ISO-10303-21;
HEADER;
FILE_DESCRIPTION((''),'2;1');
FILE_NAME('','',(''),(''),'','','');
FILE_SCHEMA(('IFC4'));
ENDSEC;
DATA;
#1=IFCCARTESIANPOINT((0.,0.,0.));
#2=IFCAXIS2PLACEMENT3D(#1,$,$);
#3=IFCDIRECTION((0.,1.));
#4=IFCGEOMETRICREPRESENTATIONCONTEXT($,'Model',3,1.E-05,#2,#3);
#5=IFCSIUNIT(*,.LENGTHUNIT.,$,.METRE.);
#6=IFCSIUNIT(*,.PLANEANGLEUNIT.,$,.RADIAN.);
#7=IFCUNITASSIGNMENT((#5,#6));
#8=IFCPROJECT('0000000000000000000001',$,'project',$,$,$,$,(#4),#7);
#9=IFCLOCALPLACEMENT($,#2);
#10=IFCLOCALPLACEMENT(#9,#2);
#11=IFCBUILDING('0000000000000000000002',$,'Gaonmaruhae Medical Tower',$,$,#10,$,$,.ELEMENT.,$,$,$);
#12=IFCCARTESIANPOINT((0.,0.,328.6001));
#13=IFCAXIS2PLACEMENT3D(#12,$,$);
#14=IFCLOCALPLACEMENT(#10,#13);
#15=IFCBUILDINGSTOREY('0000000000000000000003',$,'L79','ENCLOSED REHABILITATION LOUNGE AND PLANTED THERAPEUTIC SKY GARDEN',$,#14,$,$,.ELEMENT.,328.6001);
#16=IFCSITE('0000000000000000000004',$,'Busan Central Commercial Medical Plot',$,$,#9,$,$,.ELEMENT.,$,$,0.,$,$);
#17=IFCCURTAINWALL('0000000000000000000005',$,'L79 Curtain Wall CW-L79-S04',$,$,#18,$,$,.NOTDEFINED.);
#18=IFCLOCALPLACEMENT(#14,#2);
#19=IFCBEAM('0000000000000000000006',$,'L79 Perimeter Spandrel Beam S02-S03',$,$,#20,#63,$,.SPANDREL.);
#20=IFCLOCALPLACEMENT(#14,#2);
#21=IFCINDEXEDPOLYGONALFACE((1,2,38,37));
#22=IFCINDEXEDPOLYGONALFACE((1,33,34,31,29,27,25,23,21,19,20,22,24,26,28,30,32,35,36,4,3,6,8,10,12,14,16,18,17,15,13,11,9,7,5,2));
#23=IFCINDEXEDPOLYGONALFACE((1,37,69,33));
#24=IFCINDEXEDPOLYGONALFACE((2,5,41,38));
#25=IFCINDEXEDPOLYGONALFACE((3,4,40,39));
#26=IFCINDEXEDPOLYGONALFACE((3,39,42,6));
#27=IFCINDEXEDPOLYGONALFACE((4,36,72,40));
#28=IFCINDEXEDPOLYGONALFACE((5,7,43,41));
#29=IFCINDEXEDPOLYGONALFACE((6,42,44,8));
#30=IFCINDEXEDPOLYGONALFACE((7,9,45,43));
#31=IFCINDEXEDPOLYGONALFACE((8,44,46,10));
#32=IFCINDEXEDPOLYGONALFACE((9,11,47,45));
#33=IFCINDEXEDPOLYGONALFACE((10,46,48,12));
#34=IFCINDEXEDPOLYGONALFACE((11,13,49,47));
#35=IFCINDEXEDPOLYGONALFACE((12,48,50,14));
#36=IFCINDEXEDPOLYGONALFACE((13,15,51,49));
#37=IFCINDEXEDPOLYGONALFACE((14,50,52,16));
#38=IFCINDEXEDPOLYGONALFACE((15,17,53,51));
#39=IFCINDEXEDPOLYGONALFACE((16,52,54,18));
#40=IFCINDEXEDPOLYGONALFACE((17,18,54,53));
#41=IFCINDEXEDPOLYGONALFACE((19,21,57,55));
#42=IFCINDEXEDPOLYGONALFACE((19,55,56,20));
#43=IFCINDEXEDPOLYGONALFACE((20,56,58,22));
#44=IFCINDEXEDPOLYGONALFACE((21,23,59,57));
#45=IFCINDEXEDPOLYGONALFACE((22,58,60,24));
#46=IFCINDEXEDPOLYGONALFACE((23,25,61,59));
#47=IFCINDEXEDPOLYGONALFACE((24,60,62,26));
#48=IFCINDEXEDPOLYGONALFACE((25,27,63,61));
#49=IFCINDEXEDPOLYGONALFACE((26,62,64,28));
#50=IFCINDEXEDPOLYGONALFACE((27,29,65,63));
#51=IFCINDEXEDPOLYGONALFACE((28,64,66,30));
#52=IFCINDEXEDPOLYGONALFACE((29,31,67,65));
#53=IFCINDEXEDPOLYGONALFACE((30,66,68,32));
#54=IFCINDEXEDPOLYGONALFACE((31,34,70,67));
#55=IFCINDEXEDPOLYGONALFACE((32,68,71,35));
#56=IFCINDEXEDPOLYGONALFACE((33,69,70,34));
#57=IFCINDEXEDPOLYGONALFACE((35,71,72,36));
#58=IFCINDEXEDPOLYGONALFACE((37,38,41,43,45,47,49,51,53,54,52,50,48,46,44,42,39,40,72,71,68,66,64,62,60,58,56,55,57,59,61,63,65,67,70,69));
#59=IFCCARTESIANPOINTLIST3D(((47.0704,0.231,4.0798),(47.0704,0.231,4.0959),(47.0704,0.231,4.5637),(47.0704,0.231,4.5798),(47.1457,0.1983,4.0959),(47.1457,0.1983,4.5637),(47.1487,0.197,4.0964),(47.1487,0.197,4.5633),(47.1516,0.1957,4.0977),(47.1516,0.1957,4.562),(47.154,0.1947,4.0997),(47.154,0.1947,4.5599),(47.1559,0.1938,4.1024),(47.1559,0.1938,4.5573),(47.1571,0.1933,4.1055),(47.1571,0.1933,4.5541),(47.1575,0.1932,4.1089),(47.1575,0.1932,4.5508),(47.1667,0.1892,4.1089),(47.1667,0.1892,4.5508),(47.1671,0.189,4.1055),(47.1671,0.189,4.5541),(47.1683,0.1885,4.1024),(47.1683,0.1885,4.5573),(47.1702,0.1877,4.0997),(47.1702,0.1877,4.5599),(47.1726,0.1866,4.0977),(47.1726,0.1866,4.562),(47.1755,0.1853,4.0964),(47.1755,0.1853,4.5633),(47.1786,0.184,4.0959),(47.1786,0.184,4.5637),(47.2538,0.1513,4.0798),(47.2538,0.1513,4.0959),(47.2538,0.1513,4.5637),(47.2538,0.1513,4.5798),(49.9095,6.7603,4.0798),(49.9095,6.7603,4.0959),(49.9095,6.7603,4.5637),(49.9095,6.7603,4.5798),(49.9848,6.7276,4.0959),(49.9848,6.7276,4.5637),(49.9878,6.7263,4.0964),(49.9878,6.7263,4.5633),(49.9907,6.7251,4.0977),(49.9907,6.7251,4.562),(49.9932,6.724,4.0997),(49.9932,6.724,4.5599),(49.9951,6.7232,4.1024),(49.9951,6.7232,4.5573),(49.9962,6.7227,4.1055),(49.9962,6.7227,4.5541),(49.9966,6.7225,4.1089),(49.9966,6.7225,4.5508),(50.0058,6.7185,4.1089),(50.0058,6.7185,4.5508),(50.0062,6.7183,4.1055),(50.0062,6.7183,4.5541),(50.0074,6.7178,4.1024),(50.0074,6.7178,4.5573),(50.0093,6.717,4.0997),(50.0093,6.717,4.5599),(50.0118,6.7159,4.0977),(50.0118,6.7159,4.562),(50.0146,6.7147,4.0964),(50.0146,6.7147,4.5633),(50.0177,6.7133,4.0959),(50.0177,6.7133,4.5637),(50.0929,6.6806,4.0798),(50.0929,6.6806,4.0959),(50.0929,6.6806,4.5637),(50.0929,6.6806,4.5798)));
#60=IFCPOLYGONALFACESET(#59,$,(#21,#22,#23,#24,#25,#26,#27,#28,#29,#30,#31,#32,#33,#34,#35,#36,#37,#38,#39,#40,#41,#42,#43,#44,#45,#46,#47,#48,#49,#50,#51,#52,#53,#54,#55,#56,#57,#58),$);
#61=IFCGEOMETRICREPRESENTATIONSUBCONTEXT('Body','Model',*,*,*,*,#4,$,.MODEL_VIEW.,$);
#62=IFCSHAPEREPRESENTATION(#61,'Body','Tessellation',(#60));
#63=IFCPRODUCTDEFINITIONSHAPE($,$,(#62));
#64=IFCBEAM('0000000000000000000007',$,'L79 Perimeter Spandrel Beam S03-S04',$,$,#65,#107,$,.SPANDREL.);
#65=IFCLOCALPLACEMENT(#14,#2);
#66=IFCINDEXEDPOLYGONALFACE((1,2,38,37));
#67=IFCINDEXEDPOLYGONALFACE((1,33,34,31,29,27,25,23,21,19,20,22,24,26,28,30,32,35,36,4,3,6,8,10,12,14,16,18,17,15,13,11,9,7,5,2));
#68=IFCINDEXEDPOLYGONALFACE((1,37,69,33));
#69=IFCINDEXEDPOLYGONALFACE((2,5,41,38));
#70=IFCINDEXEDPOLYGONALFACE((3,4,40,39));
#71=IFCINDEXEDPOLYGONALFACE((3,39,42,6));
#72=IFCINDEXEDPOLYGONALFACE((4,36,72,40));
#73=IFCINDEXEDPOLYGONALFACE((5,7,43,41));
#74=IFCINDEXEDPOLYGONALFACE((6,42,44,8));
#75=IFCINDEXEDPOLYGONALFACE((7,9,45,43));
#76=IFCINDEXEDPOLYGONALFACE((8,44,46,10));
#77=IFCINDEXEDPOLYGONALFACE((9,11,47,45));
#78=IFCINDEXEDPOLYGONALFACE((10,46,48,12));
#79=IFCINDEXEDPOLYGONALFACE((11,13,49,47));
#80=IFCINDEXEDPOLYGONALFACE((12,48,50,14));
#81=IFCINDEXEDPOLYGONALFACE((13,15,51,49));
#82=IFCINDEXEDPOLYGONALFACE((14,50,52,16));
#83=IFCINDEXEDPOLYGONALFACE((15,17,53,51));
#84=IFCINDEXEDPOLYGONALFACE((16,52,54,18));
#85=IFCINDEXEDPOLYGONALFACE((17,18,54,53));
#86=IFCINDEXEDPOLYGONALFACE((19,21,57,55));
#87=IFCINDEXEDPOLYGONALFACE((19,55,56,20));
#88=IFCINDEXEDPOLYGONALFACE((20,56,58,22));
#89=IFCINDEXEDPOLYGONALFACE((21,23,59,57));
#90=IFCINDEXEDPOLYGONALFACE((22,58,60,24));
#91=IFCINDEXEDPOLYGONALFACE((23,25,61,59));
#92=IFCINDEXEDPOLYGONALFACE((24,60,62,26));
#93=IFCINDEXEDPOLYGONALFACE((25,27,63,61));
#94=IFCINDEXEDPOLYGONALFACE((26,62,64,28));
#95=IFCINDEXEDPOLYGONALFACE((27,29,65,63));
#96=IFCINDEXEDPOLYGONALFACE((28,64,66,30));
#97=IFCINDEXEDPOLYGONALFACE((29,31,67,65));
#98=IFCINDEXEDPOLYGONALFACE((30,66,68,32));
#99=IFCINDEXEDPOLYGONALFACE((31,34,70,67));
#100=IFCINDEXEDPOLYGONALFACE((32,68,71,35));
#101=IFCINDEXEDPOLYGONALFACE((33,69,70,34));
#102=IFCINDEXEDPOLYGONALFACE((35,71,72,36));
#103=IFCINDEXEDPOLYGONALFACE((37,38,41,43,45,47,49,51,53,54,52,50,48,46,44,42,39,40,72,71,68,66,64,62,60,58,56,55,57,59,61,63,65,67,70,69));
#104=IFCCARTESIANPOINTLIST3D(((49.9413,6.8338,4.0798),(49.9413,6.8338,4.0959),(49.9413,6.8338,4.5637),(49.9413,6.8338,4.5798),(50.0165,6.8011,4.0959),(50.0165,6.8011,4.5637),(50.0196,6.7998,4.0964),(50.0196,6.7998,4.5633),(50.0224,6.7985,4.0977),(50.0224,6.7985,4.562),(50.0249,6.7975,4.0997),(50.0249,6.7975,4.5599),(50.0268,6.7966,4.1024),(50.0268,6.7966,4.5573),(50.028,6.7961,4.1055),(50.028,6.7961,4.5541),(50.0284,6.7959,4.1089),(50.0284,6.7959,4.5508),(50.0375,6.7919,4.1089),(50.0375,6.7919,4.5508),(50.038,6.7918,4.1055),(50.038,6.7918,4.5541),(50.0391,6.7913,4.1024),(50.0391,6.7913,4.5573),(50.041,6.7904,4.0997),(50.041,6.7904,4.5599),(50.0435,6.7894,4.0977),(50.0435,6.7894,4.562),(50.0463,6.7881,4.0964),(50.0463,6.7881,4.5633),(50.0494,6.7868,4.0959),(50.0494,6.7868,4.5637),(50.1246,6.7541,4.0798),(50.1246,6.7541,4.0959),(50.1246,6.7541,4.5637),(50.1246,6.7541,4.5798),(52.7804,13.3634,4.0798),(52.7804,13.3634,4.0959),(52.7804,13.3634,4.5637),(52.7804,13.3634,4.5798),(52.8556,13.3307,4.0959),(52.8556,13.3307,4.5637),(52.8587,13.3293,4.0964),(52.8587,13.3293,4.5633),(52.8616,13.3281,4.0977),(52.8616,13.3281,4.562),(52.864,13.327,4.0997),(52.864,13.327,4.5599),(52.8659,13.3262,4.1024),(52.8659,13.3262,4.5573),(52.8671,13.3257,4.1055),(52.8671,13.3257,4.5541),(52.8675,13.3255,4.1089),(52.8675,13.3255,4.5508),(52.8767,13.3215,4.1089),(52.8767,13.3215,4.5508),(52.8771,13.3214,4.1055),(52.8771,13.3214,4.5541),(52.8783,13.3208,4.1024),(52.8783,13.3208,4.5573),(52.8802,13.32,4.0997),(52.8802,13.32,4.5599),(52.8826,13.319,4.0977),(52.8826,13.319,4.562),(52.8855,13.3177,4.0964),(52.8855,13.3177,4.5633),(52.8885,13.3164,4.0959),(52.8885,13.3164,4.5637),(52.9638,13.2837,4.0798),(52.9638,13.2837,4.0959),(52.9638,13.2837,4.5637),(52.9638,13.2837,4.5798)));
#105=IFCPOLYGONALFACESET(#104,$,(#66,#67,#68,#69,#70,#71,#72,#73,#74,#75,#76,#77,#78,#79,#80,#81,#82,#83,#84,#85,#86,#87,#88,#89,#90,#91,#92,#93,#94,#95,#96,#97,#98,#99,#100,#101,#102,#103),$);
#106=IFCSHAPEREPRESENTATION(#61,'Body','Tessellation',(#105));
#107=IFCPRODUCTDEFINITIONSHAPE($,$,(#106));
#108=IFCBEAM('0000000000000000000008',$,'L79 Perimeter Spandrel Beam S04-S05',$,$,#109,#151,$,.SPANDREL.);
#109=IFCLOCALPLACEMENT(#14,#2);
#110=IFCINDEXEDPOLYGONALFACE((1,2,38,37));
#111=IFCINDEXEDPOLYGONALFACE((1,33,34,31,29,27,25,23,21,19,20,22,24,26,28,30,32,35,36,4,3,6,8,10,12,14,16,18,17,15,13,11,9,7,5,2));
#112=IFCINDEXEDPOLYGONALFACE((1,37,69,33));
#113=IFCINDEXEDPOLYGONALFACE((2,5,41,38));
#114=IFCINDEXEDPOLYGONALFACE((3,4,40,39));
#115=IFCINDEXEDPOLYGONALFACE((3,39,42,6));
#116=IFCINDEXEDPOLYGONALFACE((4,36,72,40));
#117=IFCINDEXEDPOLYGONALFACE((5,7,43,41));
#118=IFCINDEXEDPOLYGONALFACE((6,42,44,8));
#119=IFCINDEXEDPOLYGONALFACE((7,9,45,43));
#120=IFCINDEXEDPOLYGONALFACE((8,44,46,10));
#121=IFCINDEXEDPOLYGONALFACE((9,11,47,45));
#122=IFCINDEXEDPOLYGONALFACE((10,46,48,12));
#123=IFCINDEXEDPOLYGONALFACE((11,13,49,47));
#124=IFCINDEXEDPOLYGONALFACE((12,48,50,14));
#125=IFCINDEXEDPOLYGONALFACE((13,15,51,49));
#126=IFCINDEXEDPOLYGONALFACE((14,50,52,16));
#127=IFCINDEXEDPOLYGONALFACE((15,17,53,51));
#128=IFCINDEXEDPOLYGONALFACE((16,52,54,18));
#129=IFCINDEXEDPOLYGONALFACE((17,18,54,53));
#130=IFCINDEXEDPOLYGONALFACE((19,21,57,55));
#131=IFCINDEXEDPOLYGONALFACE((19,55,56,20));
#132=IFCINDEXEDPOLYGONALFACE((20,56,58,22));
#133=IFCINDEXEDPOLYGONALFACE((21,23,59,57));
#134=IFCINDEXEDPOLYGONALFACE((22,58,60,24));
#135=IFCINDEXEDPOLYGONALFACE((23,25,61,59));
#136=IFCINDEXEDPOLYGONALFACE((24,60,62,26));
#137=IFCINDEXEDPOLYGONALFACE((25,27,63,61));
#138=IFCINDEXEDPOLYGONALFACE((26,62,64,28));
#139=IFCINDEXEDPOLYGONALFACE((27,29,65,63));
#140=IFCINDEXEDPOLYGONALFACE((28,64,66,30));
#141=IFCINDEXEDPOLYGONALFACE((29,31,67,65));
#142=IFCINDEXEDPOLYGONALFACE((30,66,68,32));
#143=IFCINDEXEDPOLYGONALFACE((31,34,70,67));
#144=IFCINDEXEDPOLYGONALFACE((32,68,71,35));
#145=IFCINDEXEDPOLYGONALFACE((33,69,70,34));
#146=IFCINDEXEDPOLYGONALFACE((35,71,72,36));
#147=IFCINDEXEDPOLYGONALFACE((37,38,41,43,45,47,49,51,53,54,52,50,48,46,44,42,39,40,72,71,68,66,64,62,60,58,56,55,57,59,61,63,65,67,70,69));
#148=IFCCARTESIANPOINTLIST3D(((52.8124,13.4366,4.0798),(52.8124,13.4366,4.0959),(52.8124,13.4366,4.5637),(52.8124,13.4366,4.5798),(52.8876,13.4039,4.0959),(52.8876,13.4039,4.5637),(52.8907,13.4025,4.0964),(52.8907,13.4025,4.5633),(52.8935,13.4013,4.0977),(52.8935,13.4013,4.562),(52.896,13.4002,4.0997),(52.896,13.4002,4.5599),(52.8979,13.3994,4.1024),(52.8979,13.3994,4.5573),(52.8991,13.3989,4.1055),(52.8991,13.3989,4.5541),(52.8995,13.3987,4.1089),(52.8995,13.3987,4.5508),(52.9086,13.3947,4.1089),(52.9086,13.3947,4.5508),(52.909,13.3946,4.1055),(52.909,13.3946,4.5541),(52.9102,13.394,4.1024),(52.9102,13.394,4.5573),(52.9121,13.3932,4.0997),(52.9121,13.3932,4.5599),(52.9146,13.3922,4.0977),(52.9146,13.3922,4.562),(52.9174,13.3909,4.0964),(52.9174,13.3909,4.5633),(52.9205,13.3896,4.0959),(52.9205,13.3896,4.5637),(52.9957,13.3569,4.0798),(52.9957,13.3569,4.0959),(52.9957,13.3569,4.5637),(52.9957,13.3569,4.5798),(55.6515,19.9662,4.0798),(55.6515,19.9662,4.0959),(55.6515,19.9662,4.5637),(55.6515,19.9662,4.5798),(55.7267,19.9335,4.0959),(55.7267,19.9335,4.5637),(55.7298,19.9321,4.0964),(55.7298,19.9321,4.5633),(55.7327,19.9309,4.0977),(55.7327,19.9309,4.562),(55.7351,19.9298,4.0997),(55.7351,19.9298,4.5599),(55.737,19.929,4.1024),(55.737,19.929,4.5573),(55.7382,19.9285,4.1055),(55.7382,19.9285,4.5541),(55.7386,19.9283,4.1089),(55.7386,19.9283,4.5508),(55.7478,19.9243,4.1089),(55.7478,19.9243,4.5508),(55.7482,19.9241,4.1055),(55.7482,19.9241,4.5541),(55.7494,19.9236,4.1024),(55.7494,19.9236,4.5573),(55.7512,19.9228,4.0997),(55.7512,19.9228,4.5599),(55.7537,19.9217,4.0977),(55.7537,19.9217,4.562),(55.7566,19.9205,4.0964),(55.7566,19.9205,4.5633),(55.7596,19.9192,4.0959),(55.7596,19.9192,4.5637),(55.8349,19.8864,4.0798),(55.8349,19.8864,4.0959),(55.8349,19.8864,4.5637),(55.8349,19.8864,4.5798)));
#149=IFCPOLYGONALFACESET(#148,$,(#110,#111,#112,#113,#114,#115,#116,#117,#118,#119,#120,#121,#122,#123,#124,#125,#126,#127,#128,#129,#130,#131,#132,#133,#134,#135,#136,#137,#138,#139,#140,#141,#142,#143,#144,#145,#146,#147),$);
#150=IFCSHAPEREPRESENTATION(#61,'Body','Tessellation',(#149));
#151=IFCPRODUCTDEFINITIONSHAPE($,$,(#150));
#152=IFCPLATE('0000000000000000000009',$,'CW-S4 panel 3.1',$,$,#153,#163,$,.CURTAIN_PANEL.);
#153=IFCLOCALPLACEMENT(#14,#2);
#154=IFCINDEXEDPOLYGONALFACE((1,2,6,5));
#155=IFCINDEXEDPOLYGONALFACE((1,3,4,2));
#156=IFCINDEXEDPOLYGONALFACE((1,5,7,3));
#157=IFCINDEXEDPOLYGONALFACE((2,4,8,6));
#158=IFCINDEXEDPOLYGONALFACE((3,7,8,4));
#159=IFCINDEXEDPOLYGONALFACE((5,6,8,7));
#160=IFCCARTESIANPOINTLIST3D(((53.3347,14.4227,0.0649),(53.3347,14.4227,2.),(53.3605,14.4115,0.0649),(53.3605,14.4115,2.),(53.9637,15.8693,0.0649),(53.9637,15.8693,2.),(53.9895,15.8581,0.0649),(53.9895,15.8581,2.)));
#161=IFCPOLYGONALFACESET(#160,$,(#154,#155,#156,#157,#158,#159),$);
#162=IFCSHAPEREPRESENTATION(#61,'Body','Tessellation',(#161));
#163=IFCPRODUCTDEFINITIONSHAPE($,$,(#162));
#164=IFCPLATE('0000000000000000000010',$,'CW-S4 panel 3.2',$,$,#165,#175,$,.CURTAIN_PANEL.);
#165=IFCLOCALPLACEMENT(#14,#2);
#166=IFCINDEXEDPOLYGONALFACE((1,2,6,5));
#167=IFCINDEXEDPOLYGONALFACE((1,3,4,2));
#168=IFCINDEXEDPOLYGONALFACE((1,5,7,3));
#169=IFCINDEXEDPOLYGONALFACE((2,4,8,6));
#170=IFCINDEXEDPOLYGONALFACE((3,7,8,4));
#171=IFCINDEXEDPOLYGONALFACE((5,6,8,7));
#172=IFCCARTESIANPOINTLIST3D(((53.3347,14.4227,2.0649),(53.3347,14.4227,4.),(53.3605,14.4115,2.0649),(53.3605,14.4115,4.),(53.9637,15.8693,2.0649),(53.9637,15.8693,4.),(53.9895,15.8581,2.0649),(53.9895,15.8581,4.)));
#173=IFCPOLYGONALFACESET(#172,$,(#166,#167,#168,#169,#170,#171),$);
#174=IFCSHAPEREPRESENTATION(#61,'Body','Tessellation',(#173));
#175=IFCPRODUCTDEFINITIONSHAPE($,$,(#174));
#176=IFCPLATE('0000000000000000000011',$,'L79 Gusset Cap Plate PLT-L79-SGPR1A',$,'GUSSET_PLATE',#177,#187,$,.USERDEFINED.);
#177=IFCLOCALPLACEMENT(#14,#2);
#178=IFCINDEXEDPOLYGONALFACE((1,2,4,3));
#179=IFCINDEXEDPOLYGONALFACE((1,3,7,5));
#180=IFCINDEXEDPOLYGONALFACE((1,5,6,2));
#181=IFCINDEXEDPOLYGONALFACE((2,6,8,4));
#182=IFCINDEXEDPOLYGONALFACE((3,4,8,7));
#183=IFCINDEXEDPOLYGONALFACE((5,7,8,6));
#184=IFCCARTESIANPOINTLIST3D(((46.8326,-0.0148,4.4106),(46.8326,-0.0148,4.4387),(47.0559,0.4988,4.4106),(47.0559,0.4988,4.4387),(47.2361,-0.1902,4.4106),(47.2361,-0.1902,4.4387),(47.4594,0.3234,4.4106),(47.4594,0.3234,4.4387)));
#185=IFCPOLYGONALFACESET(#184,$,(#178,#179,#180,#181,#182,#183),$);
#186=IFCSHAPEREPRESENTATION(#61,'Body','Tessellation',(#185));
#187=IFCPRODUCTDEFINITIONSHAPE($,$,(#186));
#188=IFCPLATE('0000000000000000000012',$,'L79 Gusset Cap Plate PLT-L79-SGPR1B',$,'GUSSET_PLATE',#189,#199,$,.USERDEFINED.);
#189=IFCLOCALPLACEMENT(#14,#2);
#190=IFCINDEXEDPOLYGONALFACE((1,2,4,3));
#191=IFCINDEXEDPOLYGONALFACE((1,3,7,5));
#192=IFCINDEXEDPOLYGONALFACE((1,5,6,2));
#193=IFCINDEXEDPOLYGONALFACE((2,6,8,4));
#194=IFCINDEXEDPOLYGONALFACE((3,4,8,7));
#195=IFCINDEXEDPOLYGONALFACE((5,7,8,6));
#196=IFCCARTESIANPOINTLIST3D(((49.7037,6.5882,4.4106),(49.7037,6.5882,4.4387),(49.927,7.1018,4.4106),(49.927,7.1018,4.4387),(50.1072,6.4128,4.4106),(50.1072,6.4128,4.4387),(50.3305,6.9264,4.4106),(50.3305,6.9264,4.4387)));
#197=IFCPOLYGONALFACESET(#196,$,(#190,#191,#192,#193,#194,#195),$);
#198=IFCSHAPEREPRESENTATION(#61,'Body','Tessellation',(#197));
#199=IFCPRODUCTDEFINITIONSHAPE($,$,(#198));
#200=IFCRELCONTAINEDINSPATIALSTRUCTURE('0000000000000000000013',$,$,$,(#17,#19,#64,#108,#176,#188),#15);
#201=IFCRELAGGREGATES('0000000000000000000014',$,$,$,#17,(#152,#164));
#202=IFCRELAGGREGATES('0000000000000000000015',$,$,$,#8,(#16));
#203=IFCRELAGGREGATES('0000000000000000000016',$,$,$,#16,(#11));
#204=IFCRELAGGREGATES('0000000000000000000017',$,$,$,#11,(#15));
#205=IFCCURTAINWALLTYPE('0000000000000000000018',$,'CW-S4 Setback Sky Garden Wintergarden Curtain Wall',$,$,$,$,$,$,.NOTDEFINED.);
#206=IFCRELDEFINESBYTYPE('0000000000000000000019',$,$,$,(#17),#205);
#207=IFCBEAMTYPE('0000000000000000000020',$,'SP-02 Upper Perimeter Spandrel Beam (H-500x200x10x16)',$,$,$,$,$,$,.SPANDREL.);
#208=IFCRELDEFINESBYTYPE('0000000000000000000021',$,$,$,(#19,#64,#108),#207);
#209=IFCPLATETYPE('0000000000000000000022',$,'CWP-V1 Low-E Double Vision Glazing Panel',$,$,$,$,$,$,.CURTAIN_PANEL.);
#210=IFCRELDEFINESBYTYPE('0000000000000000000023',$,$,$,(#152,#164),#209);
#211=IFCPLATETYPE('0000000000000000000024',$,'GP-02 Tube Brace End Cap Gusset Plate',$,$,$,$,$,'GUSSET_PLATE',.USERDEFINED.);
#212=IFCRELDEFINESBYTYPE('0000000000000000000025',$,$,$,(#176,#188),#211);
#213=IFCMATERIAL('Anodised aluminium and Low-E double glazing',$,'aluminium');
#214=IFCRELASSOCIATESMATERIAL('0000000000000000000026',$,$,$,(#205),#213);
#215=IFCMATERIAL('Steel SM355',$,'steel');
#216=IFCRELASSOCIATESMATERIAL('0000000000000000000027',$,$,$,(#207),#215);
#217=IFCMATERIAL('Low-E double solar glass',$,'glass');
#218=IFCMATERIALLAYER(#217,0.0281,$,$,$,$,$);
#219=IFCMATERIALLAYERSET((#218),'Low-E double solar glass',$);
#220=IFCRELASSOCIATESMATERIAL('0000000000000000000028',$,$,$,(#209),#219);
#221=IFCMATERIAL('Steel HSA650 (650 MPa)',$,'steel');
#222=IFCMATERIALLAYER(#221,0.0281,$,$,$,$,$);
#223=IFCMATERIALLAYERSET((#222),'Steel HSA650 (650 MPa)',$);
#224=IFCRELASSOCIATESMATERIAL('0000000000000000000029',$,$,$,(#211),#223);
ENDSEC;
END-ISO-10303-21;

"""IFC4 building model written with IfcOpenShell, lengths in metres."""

from ifc_helpers import new_model, si_unit, direction, frame, origin, origin_2d, place, context, subcontext, project, spatial, rectangle, i_section, extrude, material, layer, layer_set, material_profile, profile_set, type_object, element, aggregate, save


model = new_model("IFC4")

# Units and contexts
model_context = context("Model", 3, precision=1e-05, world=origin(), true_north=direction((0.0, 1.0)))
body_context = subcontext(model_context, "Body", "Model", "MODEL_VIEW")
ifc_project = project(units=[si_unit("LENGTHUNIT", "METRE"), si_unit("PLANEANGLEUNIT", "RADIAN")], contexts=[model_context])

# Site, building, storey
site_placement = place(None, origin())
site = spatial("IfcSite", under=ifc_project, at=site_placement, Name="Busan Central Commercial Medical Plot", CompositionType="ELEMENT", RefElevation=0.0)
building_placement = place(site_placement, origin())
building = spatial("IfcBuilding", under=site, at=building_placement, Name="Gaonmaruhae Medical Tower", CompositionType="ELEMENT")
storey_placement = place(building_placement, frame((0.0, 0.0, 328.6001)))
storey = spatial("IfcBuildingStorey", under=building, at=storey_placement, Name="L79", Description="ENCLOSED REHABILITATION LOUNGE AND PLANTED THERAPEUTIC SKY GARDEN", CompositionType="ELEMENT", Elevation=328.6001)

# Curtain wall
ifc_material_1 = material(Name="Anodised aluminium and Low-E double glazing", Category="aluminium")
curtain_wall_type = type_object("IfcCurtainWallType", Name="CW-S4 Setback Sky Garden Wintergarden Curtain Wall", PredefinedType="NOTDEFINED", material=ifc_material_1)
curtain_wall_placement = place(storey_placement, origin())
curtain_wall = element("IfcCurtainWall", 1, at=curtain_wall_placement, inside=storey, type_object=curtain_wall_type, Name="L79 Curtain Wall CW-L79-S04", PredefinedType="NOTDEFINED")

# Shared definitions
ifc_material_2 = material(Name="Steel SM355", Category="steel")

# Beams
ifc_material_profile_1 = material_profile(ifc_material_2, i_section(OverallWidth=0.2, OverallDepth=0.5, WebThickness=0.01, FlangeThickness=0.0161, FilletRadius=0.0129, at=origin_2d()), Name="H-500x200x10x16")
ifc_profile_set_1 = profile_set([ifc_material_profile_1], Name="Steel SM355")
beam_type = type_object("IfcBeamType", Name="SP-02 Upper Perimeter Spandrel Beam (H-500x200x10x16)", PredefinedType="SPANDREL", material=ifc_profile_set_1)
beam_placement = place(storey_placement, frame((47.1621, 0.1912, 4.3298), z_axis=(0.39876, 0.917055, 0.0), x_axis=(-0.917055, 0.39876, 0.0)))
element("IfcBeam", 2, at=beam_placement, inside=storey, type_object=beam_type, Name="L79 Perimeter Spandrel Beam S02-S03", PredefinedType="SPANDREL", context=body_context, shape_type="SweptSolid", body=[
    extrude(i_section(OverallWidth=0.2, OverallDepth=0.5, WebThickness=0.01, FlangeThickness=0.0161, FilletRadius=0.0129, at=origin_2d()), origin(), (0.0, 0.0, 1.0), 7.1199),
])
for number, where, z_axis, x_axis, name in (
    (3, (50.033, 6.7939, 4.3298), (0.398747, 0.917061, 0.0), (-0.917061, 0.398747, 0.0), "L79 Perimeter Spandrel Beam S03-S04"),
    (4, (52.9041, 13.3967, 4.3298), (0.398747, 0.917061, 0.0), (-0.917061, 0.398747, 0.0), "L79 Perimeter Spandrel Beam S04-S05"),
):
    element("IfcBeam", number, at=place(storey_placement, frame(where, z_axis=z_axis, x_axis=x_axis)), inside=storey, type_object=beam_type, Name=name, PredefinedType="SPANDREL", context=body_context, shape_type="SweptSolid", body=[
        extrude(i_section(OverallWidth=0.2, OverallDepth=0.5, WebThickness=0.01, FlangeThickness=0.0161, FilletRadius=0.0129, at=origin_2d()), origin(), (0.0, 0.0, 1.0), 7.1201),
    ])

# Plates
ifc_material_3 = material(Name="Low-E double solar glass", Category="glass")
ifc_layer_1 = layer(ifc_material_3, 0.0281)
ifc_layer_set_1 = layer_set([ifc_layer_1], Name="Low-E double solar glass")
plate_type_1 = type_object("IfcPlateType", Name="CWP-V1 Low-E Double Vision Glazing Panel", PredefinedType="CURTAIN_PANEL", material=ifc_layer_set_1)
plate_1_placement = place(storey_placement, frame((53.6621, 15.1404, 0.0649), z_axis=(0.0, 0.0, 1.0), x_axis=(-0.398749, -0.91706, 0.0)))
plate_1 = element("IfcPlate", 5, at=plate_1_placement, type_object=plate_type_1, Name="CW-S4 panel 3.1", PredefinedType="CURTAIN_PANEL", context=body_context, shape_type="SweptSolid", body=[
    extrude(rectangle(XDim=1.5774, YDim=0.0281, at=origin_2d()), origin(), (0.0, 0.0, 1.0), 1.9351),
])
plate_2_placement = place(storey_placement, frame((53.6621, 15.1404, 2.0649), z_axis=(0.0, 0.0, 1.0), x_axis=(-0.398749, -0.91706, 0.0)))
plate_2 = element("IfcPlate", 6, at=plate_2_placement, type_object=plate_type_1, Name="CW-S4 panel 3.2", PredefinedType="CURTAIN_PANEL", context=body_context, shape_type="SweptSolid", body=[
    extrude(rectangle(XDim=1.5774, YDim=0.0281, at=origin_2d()), origin(), (0.0, 0.0, 1.0), 1.9351),
])
aggregate(curtain_wall, [plate_1, plate_2])

# Plates
ifc_material_4 = material(Name="Steel HSA650 (650 MPa)", Category="steel")
ifc_layer_2 = layer(ifc_material_4, 0.0281)
ifc_layer_set_2 = layer_set([ifc_layer_2], Name="Steel HSA650 (650 MPa)")
plate_type_2 = type_object("IfcPlateType", Name="GP-02 Tube Brace End Cap Gusset Plate", ElementType="GUSSET_PLATE", PredefinedType="USERDEFINED", material=ifc_layer_set_2)
for number, where, z_axis, x_axis, name in (
    (7, (47.146, 0.1543, 4.4106), (0.0, 0.0, 1.0), (0.398749, 0.91706, 0.0), "L79 Gusset Cap Plate PLT-L79-SGPR1A"),
    (8, (50.0171, 6.7573, 4.4106), (0.0, 0.0, 1.0), (0.398749, 0.91706, 0.0), "L79 Gusset Cap Plate PLT-L79-SGPR1B"),
):
    element("IfcPlate", number, at=place(storey_placement, frame(where, z_axis=z_axis, x_axis=x_axis)), inside=storey, type_object=plate_type_2, Name=name, ObjectType="GUSSET_PLATE", PredefinedType="USERDEFINED", context=body_context, shape_type="SweptSolid", body=[
        extrude(rectangle(XDim=0.5601, YDim=0.4399, at=origin_2d()), origin(), (0.0, 0.0, 1.0), 0.0281),
    ])

save(model, "model.ifc")
